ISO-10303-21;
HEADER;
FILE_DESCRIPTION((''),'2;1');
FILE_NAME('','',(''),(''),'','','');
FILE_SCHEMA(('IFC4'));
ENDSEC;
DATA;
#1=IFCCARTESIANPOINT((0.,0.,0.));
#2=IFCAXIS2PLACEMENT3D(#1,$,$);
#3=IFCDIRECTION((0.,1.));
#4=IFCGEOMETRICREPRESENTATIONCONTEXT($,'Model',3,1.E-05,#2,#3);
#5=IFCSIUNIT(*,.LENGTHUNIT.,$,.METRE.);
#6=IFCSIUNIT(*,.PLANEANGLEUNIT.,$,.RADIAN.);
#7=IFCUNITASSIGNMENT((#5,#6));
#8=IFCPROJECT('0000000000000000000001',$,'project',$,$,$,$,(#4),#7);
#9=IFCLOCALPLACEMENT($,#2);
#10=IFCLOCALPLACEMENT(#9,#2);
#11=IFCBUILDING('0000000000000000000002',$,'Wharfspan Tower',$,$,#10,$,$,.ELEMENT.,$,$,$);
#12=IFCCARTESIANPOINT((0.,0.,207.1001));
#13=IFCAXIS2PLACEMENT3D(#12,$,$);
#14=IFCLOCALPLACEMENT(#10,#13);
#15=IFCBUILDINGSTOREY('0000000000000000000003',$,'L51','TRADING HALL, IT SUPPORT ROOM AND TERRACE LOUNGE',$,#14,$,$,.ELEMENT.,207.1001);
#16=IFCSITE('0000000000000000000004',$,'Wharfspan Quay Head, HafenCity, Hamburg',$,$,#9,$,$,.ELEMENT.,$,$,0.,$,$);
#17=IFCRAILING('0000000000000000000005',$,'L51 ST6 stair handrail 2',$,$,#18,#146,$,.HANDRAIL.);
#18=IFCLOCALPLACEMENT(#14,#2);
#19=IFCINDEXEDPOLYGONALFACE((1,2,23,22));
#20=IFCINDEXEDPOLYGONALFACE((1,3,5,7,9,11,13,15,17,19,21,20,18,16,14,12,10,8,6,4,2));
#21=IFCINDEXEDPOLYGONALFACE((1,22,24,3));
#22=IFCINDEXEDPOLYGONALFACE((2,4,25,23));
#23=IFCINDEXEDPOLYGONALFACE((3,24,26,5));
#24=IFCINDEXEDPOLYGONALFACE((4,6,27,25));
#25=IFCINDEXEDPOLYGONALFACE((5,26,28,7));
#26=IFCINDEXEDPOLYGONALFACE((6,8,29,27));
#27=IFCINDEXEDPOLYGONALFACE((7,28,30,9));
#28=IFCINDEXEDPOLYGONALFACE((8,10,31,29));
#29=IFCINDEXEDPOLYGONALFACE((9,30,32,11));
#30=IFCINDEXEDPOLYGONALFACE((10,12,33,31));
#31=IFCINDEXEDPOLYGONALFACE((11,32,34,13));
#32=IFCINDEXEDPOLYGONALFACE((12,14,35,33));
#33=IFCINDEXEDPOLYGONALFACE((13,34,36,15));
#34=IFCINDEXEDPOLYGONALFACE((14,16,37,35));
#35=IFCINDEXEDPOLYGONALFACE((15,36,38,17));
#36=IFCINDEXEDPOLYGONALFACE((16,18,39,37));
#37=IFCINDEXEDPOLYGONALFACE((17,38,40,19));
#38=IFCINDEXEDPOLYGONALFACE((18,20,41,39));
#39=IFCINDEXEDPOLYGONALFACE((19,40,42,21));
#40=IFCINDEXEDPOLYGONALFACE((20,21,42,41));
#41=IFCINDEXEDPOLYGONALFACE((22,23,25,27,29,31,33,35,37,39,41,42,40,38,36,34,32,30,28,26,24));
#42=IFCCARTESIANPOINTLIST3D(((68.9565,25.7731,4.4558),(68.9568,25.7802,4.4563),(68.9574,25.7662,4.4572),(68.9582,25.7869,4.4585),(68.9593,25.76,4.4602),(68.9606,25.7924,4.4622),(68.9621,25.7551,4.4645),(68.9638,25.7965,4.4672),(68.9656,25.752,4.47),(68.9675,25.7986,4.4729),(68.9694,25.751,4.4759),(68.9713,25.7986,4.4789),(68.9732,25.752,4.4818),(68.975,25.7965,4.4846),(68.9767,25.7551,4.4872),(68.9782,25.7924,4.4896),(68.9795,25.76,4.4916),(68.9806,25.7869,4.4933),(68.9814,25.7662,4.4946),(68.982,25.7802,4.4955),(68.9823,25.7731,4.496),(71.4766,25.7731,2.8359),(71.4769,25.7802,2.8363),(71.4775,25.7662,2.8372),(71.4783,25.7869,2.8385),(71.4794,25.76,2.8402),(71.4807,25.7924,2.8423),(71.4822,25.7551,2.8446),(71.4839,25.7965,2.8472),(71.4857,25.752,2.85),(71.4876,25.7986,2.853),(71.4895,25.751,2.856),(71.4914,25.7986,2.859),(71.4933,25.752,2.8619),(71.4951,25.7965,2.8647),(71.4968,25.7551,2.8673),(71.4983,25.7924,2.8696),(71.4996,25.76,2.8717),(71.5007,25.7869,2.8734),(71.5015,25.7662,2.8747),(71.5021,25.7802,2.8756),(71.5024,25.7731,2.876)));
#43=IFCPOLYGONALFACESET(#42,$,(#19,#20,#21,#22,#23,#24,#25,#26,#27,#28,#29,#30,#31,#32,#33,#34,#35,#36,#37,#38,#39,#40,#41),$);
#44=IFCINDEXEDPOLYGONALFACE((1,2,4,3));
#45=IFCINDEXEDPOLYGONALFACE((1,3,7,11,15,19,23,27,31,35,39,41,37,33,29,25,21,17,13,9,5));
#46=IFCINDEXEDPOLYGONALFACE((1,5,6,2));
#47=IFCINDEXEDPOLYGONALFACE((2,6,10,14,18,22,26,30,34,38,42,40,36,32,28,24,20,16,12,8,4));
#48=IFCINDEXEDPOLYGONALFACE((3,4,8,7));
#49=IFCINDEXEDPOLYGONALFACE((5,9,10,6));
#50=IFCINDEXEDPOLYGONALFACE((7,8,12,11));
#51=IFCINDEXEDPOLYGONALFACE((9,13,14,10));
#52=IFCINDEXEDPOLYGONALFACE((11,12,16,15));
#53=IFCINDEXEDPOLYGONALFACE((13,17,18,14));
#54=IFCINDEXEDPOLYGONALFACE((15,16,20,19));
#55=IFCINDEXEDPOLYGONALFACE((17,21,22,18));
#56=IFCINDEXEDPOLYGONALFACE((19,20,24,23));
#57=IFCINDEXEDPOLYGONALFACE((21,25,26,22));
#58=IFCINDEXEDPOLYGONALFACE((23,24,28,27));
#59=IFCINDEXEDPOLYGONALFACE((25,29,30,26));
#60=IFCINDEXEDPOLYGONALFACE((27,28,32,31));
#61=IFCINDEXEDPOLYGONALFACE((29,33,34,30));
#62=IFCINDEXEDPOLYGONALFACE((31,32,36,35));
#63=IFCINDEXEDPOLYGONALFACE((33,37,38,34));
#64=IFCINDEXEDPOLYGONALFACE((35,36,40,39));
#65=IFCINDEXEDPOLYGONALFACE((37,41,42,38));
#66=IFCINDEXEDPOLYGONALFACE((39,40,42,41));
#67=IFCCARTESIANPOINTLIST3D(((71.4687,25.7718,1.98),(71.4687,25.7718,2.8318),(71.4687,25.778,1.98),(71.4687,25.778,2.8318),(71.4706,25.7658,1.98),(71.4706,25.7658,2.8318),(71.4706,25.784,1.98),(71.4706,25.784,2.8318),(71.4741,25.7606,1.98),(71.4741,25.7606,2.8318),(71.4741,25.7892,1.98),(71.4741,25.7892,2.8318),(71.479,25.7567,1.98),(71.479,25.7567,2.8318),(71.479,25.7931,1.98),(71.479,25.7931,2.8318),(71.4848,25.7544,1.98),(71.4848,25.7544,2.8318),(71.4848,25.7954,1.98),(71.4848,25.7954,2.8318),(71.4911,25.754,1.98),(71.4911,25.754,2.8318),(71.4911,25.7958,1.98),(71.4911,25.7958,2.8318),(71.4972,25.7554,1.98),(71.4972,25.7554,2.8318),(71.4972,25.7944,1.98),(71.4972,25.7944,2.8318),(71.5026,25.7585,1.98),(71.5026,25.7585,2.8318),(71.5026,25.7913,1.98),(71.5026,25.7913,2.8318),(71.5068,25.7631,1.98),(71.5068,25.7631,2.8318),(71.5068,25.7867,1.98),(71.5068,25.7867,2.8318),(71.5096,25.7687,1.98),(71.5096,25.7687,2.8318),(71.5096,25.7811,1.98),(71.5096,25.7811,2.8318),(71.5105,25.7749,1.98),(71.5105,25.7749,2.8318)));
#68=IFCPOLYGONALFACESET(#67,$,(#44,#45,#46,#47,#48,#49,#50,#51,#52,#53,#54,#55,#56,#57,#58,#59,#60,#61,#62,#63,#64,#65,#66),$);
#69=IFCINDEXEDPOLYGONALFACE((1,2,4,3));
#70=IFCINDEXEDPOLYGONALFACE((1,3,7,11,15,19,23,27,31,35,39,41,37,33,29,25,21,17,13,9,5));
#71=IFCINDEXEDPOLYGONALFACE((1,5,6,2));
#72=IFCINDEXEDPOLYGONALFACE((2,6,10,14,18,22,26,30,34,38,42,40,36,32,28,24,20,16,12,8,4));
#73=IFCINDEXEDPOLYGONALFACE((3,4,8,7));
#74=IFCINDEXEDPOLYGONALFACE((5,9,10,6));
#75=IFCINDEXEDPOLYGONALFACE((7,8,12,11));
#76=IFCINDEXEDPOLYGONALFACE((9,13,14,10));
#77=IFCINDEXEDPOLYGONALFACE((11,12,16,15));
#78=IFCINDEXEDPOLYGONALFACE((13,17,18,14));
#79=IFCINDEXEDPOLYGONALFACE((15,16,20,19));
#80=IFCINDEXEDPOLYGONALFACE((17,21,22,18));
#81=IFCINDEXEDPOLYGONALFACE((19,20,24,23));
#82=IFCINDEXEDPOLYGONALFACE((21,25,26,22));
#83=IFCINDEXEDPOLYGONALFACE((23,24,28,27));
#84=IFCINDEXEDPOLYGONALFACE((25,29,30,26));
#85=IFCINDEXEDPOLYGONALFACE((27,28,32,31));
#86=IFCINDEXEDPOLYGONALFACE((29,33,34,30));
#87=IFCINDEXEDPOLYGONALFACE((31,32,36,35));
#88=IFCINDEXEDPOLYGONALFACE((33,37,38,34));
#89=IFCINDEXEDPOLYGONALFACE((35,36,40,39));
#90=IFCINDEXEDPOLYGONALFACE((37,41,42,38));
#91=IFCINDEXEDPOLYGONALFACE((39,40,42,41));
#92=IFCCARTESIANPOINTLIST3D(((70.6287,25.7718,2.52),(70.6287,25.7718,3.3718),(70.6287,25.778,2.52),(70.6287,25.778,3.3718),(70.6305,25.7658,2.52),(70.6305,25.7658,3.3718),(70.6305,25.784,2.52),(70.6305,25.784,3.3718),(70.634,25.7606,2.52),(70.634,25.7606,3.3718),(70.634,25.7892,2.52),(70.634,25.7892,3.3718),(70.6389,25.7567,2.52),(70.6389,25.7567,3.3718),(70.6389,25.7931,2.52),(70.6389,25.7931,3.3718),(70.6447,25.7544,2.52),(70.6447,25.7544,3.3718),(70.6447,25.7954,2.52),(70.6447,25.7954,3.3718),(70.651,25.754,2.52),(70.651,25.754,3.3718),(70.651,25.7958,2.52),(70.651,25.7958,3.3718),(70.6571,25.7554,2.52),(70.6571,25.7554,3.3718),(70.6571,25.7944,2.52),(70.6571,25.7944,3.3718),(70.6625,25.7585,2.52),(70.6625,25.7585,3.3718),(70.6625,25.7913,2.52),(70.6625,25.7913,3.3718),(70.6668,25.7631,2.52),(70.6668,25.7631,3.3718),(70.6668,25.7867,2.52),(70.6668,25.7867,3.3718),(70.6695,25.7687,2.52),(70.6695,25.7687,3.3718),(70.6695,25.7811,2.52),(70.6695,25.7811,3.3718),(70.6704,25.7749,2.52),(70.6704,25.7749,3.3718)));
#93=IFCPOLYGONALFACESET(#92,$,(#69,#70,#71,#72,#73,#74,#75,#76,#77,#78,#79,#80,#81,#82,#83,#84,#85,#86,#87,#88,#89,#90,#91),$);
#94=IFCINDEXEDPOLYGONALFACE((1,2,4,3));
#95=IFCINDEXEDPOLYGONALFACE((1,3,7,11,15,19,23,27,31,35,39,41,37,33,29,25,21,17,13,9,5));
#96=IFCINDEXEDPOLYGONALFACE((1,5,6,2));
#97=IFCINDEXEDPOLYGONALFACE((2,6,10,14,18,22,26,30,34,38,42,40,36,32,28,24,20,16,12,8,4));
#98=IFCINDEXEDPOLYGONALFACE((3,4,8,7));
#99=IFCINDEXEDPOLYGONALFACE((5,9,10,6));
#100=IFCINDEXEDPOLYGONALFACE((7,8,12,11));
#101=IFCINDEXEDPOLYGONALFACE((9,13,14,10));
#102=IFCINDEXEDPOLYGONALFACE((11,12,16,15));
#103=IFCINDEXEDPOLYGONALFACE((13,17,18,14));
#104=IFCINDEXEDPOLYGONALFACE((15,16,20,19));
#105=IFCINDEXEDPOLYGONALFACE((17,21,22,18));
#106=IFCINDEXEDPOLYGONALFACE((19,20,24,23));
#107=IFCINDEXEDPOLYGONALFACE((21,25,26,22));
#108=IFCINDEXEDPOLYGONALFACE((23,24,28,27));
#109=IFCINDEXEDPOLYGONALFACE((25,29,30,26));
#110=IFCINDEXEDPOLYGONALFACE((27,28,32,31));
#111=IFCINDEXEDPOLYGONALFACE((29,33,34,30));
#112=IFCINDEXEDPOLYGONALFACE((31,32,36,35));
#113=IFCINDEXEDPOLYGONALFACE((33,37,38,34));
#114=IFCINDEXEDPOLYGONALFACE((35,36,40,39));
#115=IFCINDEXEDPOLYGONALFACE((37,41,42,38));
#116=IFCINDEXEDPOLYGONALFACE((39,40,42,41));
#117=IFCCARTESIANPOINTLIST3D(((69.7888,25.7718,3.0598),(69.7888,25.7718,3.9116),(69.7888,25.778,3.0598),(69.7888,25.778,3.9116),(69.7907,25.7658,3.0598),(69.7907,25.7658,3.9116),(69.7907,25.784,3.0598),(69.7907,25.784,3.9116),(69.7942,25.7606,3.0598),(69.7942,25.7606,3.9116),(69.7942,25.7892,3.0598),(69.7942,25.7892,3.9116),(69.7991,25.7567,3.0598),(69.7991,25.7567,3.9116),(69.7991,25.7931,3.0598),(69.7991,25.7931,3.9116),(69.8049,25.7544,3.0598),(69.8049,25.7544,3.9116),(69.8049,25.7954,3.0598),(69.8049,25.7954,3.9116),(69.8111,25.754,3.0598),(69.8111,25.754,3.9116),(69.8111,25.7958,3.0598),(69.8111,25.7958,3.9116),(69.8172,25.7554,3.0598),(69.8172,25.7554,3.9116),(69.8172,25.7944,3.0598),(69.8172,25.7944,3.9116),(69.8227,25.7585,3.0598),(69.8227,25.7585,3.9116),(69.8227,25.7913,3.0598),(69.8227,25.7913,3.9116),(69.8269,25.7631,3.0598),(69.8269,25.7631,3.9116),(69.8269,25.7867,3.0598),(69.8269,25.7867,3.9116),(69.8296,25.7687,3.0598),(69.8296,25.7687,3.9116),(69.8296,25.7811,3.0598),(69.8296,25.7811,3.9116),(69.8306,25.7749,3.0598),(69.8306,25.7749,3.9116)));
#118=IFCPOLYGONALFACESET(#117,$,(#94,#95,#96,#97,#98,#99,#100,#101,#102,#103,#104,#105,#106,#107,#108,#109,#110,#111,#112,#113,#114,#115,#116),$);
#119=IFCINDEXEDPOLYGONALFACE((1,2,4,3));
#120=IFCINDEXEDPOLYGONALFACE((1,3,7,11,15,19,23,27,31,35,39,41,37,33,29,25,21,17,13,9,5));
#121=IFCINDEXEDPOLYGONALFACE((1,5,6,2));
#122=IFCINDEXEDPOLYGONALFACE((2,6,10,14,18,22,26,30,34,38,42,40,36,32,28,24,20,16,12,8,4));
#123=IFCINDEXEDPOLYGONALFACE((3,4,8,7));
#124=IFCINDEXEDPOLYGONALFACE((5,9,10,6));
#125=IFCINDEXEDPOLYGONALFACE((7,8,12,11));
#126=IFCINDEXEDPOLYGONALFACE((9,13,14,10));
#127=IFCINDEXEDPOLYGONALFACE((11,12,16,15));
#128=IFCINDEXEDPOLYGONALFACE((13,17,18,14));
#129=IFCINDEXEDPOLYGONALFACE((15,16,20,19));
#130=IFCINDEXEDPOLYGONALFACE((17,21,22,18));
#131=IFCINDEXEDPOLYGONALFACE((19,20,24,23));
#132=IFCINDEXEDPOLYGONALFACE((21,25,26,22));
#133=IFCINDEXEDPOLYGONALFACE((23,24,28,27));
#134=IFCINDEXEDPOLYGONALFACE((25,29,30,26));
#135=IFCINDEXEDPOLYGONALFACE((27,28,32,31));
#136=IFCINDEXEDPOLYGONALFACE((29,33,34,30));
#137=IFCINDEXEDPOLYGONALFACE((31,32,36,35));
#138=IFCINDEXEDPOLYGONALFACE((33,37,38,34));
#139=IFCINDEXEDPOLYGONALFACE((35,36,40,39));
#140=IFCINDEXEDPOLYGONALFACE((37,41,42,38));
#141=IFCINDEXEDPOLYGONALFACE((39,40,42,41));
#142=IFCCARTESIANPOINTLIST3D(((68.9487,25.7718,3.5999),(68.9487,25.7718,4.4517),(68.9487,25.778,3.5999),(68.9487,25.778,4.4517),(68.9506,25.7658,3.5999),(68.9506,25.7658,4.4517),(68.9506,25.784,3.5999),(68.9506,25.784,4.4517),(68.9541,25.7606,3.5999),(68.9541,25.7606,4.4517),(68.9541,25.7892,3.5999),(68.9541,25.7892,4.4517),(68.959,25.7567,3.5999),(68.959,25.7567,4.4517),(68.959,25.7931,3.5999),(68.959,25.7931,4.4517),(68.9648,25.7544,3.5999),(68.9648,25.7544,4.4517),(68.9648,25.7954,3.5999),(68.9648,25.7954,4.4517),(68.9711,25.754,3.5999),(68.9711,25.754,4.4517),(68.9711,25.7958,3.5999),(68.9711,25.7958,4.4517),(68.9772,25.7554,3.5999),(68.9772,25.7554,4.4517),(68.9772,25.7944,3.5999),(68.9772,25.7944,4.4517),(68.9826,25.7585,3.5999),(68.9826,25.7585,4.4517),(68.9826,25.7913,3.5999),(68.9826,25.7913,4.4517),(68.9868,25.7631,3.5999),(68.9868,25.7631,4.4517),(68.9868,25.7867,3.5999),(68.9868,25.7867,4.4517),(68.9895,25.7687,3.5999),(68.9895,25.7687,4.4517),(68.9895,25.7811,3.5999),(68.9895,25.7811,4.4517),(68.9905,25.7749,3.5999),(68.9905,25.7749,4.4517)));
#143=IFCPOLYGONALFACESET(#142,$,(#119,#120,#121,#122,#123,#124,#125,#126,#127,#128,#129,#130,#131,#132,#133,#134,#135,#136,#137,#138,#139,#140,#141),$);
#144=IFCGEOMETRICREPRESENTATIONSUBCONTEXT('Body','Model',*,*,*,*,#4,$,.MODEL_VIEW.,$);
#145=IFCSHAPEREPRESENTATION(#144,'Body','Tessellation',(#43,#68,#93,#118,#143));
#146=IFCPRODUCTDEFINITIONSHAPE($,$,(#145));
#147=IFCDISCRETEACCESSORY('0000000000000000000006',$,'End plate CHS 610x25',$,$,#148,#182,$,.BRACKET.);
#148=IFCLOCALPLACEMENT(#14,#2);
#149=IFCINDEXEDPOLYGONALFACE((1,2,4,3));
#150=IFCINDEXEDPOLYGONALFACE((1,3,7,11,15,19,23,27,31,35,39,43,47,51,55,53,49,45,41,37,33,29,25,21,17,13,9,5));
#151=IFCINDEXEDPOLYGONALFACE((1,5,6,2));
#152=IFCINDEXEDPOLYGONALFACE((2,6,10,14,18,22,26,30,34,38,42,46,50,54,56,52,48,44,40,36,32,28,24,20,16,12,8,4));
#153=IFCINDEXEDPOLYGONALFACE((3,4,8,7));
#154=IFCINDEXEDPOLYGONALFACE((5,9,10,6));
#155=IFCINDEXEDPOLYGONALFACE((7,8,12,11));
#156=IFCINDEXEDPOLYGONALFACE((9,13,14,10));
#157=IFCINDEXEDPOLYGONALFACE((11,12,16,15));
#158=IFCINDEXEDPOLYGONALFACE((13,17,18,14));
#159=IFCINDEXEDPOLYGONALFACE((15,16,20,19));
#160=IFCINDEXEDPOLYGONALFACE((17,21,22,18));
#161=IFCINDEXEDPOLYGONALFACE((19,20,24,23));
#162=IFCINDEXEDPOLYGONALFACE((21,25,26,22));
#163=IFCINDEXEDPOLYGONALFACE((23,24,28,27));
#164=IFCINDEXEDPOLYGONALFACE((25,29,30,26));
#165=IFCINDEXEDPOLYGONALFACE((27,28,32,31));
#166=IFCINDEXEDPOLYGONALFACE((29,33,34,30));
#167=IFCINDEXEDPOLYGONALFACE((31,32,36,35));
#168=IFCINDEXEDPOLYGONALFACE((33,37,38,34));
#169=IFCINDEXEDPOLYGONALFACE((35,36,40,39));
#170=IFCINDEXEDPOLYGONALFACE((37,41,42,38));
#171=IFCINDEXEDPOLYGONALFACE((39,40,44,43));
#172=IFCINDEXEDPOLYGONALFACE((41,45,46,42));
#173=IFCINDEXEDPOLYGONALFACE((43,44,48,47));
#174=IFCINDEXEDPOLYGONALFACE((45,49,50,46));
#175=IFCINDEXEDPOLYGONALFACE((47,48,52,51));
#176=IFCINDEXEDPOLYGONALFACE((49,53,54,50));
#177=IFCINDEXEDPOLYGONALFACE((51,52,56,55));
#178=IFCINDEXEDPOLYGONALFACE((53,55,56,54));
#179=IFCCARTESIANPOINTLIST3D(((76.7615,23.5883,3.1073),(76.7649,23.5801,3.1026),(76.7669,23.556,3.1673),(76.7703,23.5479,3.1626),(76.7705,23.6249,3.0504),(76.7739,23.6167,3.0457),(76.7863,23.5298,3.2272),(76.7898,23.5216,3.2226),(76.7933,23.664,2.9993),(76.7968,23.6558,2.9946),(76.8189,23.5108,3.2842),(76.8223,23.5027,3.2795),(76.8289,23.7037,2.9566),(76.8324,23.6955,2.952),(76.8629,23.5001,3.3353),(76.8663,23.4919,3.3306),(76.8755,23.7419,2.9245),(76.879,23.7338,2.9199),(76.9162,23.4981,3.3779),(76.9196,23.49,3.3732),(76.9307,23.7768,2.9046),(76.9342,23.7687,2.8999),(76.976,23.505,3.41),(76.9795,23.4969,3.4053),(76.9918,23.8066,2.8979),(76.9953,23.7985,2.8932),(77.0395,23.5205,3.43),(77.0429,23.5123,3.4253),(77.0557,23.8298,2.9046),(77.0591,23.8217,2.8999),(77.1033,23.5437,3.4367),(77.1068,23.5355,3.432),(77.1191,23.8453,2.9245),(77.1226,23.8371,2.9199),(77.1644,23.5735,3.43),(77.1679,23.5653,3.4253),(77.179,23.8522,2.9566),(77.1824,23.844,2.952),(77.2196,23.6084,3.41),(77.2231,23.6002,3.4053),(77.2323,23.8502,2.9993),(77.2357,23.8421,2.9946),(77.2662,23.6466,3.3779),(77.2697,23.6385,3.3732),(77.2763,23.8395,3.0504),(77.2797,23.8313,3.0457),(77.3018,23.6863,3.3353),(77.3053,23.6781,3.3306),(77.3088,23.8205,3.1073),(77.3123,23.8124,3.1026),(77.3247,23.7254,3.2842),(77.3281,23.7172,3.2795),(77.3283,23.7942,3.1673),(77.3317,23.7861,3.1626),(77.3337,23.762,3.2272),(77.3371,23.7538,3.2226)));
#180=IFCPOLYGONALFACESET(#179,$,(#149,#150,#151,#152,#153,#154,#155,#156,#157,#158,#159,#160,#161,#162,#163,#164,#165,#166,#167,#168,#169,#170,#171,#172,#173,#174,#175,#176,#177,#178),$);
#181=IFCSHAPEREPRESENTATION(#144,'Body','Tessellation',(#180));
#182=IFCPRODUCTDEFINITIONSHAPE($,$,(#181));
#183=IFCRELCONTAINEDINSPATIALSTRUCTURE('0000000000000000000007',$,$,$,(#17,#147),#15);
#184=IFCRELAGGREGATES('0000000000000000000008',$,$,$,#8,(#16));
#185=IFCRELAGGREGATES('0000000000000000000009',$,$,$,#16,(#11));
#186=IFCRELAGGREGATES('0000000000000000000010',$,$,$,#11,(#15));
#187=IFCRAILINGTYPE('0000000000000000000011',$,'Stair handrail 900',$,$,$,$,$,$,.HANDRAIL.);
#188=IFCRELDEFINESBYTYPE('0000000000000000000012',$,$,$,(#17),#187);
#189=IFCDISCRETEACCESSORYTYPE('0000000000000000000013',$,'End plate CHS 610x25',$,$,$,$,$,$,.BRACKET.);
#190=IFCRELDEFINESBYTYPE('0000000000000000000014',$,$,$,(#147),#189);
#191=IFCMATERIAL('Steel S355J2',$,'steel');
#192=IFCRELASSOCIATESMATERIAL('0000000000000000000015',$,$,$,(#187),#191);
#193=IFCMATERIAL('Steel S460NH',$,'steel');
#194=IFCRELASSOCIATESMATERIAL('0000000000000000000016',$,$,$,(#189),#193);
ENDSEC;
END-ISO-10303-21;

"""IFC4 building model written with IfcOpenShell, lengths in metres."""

from ifc_helpers import new_model, si_unit, direction, frame, origin, origin_2d, place, context, subcontext, project, spatial, circle, extrude, material, material_profile, profile_set, type_object, element, save


model = new_model("IFC4")

# Units and contexts
model_context = context("Model", 3, precision=1e-05, world=origin(), true_north=direction((0.0, 1.0)))
body_context = subcontext(model_context, "Body", "Model", "MODEL_VIEW")
ifc_project = project(units=[si_unit("LENGTHUNIT", "METRE"), si_unit("PLANEANGLEUNIT", "RADIAN")], contexts=[model_context])

# Site, building, storey
site_placement = place(None, origin())
site = spatial("IfcSite", under=ifc_project, at=site_placement, Name="Wharfspan Quay Head, HafenCity, Hamburg", CompositionType="ELEMENT", RefElevation=0.0)
building_placement = place(site_placement, origin())
building = spatial("IfcBuilding", under=site, at=building_placement, Name="Wharfspan Tower", CompositionType="ELEMENT")
storey_placement = place(building_placement, frame((0.0, 0.0, 207.1001)))
storey = spatial("IfcBuildingStorey", under=building, at=storey_placement, Name="L51", Description="TRADING HALL, IT SUPPORT ROOM AND TERRACE LOUNGE", CompositionType="ELEMENT", Elevation=207.1001)

# Shared definitions
ifc_material_1 = material(Name="Steel S460NH", Category="steel")

# Railing
ifc_material_2 = material(Name="Steel S355J2", Category="steel")
railing_type_1 = type_object("IfcRailingType", Name="Stair handrail 900", PredefinedType="HANDRAIL", material=ifc_material_2)
railing_1_placement = place(storey_placement, frame((71.4895, 25.7749, 1.98)))
element("IfcRailing", 1, at=railing_1_placement, inside=storey, type_object=railing_type_1, Name="L51 ST6 stair handrail 2", PredefinedType="HANDRAIL", context=body_context, shape_type="SweptSolid", body=[
    extrude(circle(Radius=0.0239, at=origin_2d()), frame((0.0, 0.0, 0.876), z_axis=(-0.8412, 0.0, 0.540725), x_axis=(0.0, -1.0, 0.0)), (0.0, 0.0, 1.0), 2.9958),
    extrude(circle(Radius=0.021, at=origin_2d()), origin(), (0.0, 0.0, 1.0), 0.8518),
    extrude(circle(Radius=0.021, at=origin_2d()), frame((-0.8401, 0.0, 0.54)), (0.0, 0.0, 1.0), 0.8518),
    extrude(circle(Radius=0.021, at=origin_2d()), frame((-1.6799, 0.0, 1.0798)), (0.0, 0.0, 1.0), 0.8518),
    extrude(circle(Radius=0.021, at=origin_2d()), frame((-2.52, 0.0, 1.6199)), (0.0, 0.0, 1.0), 0.8518),
])

# Discrete accessory
ifc_material_profile_1 = material_profile(ifc_material_1, circle(Radius=0.3049, at=origin_2d()))
ifc_profile_set_1 = profile_set([ifc_material_profile_1], Name="Steel S460NH")
discrete_accessory_type = type_object("IfcDiscreteAccessoryType", Name="End plate CHS 610x25", PredefinedType="BRACKET", material=ifc_profile_set_1)
for number, where, z_axis, x_axis, name in (
    (2, (77.051, 23.667, 3.1626), (-0.345075, 0.81339, 0.468316), (-0.920586, -0.390551, -0.000002), "End plate CHS 610x25"),
):
    element("IfcDiscreteAccessory", number, at=place(storey_placement, frame(where, z_axis=z_axis, x_axis=x_axis)), inside=storey, type_object=discrete_accessory_type, Name=name, PredefinedType="BRACKET", context=body_context, shape_type="SweptSolid", body=[
        extrude(circle(Radius=0.3049, at=origin_2d()), origin(), (0.0, 0.0, 1.0), 0.01),
    ])

save(model, "model.ifc")
